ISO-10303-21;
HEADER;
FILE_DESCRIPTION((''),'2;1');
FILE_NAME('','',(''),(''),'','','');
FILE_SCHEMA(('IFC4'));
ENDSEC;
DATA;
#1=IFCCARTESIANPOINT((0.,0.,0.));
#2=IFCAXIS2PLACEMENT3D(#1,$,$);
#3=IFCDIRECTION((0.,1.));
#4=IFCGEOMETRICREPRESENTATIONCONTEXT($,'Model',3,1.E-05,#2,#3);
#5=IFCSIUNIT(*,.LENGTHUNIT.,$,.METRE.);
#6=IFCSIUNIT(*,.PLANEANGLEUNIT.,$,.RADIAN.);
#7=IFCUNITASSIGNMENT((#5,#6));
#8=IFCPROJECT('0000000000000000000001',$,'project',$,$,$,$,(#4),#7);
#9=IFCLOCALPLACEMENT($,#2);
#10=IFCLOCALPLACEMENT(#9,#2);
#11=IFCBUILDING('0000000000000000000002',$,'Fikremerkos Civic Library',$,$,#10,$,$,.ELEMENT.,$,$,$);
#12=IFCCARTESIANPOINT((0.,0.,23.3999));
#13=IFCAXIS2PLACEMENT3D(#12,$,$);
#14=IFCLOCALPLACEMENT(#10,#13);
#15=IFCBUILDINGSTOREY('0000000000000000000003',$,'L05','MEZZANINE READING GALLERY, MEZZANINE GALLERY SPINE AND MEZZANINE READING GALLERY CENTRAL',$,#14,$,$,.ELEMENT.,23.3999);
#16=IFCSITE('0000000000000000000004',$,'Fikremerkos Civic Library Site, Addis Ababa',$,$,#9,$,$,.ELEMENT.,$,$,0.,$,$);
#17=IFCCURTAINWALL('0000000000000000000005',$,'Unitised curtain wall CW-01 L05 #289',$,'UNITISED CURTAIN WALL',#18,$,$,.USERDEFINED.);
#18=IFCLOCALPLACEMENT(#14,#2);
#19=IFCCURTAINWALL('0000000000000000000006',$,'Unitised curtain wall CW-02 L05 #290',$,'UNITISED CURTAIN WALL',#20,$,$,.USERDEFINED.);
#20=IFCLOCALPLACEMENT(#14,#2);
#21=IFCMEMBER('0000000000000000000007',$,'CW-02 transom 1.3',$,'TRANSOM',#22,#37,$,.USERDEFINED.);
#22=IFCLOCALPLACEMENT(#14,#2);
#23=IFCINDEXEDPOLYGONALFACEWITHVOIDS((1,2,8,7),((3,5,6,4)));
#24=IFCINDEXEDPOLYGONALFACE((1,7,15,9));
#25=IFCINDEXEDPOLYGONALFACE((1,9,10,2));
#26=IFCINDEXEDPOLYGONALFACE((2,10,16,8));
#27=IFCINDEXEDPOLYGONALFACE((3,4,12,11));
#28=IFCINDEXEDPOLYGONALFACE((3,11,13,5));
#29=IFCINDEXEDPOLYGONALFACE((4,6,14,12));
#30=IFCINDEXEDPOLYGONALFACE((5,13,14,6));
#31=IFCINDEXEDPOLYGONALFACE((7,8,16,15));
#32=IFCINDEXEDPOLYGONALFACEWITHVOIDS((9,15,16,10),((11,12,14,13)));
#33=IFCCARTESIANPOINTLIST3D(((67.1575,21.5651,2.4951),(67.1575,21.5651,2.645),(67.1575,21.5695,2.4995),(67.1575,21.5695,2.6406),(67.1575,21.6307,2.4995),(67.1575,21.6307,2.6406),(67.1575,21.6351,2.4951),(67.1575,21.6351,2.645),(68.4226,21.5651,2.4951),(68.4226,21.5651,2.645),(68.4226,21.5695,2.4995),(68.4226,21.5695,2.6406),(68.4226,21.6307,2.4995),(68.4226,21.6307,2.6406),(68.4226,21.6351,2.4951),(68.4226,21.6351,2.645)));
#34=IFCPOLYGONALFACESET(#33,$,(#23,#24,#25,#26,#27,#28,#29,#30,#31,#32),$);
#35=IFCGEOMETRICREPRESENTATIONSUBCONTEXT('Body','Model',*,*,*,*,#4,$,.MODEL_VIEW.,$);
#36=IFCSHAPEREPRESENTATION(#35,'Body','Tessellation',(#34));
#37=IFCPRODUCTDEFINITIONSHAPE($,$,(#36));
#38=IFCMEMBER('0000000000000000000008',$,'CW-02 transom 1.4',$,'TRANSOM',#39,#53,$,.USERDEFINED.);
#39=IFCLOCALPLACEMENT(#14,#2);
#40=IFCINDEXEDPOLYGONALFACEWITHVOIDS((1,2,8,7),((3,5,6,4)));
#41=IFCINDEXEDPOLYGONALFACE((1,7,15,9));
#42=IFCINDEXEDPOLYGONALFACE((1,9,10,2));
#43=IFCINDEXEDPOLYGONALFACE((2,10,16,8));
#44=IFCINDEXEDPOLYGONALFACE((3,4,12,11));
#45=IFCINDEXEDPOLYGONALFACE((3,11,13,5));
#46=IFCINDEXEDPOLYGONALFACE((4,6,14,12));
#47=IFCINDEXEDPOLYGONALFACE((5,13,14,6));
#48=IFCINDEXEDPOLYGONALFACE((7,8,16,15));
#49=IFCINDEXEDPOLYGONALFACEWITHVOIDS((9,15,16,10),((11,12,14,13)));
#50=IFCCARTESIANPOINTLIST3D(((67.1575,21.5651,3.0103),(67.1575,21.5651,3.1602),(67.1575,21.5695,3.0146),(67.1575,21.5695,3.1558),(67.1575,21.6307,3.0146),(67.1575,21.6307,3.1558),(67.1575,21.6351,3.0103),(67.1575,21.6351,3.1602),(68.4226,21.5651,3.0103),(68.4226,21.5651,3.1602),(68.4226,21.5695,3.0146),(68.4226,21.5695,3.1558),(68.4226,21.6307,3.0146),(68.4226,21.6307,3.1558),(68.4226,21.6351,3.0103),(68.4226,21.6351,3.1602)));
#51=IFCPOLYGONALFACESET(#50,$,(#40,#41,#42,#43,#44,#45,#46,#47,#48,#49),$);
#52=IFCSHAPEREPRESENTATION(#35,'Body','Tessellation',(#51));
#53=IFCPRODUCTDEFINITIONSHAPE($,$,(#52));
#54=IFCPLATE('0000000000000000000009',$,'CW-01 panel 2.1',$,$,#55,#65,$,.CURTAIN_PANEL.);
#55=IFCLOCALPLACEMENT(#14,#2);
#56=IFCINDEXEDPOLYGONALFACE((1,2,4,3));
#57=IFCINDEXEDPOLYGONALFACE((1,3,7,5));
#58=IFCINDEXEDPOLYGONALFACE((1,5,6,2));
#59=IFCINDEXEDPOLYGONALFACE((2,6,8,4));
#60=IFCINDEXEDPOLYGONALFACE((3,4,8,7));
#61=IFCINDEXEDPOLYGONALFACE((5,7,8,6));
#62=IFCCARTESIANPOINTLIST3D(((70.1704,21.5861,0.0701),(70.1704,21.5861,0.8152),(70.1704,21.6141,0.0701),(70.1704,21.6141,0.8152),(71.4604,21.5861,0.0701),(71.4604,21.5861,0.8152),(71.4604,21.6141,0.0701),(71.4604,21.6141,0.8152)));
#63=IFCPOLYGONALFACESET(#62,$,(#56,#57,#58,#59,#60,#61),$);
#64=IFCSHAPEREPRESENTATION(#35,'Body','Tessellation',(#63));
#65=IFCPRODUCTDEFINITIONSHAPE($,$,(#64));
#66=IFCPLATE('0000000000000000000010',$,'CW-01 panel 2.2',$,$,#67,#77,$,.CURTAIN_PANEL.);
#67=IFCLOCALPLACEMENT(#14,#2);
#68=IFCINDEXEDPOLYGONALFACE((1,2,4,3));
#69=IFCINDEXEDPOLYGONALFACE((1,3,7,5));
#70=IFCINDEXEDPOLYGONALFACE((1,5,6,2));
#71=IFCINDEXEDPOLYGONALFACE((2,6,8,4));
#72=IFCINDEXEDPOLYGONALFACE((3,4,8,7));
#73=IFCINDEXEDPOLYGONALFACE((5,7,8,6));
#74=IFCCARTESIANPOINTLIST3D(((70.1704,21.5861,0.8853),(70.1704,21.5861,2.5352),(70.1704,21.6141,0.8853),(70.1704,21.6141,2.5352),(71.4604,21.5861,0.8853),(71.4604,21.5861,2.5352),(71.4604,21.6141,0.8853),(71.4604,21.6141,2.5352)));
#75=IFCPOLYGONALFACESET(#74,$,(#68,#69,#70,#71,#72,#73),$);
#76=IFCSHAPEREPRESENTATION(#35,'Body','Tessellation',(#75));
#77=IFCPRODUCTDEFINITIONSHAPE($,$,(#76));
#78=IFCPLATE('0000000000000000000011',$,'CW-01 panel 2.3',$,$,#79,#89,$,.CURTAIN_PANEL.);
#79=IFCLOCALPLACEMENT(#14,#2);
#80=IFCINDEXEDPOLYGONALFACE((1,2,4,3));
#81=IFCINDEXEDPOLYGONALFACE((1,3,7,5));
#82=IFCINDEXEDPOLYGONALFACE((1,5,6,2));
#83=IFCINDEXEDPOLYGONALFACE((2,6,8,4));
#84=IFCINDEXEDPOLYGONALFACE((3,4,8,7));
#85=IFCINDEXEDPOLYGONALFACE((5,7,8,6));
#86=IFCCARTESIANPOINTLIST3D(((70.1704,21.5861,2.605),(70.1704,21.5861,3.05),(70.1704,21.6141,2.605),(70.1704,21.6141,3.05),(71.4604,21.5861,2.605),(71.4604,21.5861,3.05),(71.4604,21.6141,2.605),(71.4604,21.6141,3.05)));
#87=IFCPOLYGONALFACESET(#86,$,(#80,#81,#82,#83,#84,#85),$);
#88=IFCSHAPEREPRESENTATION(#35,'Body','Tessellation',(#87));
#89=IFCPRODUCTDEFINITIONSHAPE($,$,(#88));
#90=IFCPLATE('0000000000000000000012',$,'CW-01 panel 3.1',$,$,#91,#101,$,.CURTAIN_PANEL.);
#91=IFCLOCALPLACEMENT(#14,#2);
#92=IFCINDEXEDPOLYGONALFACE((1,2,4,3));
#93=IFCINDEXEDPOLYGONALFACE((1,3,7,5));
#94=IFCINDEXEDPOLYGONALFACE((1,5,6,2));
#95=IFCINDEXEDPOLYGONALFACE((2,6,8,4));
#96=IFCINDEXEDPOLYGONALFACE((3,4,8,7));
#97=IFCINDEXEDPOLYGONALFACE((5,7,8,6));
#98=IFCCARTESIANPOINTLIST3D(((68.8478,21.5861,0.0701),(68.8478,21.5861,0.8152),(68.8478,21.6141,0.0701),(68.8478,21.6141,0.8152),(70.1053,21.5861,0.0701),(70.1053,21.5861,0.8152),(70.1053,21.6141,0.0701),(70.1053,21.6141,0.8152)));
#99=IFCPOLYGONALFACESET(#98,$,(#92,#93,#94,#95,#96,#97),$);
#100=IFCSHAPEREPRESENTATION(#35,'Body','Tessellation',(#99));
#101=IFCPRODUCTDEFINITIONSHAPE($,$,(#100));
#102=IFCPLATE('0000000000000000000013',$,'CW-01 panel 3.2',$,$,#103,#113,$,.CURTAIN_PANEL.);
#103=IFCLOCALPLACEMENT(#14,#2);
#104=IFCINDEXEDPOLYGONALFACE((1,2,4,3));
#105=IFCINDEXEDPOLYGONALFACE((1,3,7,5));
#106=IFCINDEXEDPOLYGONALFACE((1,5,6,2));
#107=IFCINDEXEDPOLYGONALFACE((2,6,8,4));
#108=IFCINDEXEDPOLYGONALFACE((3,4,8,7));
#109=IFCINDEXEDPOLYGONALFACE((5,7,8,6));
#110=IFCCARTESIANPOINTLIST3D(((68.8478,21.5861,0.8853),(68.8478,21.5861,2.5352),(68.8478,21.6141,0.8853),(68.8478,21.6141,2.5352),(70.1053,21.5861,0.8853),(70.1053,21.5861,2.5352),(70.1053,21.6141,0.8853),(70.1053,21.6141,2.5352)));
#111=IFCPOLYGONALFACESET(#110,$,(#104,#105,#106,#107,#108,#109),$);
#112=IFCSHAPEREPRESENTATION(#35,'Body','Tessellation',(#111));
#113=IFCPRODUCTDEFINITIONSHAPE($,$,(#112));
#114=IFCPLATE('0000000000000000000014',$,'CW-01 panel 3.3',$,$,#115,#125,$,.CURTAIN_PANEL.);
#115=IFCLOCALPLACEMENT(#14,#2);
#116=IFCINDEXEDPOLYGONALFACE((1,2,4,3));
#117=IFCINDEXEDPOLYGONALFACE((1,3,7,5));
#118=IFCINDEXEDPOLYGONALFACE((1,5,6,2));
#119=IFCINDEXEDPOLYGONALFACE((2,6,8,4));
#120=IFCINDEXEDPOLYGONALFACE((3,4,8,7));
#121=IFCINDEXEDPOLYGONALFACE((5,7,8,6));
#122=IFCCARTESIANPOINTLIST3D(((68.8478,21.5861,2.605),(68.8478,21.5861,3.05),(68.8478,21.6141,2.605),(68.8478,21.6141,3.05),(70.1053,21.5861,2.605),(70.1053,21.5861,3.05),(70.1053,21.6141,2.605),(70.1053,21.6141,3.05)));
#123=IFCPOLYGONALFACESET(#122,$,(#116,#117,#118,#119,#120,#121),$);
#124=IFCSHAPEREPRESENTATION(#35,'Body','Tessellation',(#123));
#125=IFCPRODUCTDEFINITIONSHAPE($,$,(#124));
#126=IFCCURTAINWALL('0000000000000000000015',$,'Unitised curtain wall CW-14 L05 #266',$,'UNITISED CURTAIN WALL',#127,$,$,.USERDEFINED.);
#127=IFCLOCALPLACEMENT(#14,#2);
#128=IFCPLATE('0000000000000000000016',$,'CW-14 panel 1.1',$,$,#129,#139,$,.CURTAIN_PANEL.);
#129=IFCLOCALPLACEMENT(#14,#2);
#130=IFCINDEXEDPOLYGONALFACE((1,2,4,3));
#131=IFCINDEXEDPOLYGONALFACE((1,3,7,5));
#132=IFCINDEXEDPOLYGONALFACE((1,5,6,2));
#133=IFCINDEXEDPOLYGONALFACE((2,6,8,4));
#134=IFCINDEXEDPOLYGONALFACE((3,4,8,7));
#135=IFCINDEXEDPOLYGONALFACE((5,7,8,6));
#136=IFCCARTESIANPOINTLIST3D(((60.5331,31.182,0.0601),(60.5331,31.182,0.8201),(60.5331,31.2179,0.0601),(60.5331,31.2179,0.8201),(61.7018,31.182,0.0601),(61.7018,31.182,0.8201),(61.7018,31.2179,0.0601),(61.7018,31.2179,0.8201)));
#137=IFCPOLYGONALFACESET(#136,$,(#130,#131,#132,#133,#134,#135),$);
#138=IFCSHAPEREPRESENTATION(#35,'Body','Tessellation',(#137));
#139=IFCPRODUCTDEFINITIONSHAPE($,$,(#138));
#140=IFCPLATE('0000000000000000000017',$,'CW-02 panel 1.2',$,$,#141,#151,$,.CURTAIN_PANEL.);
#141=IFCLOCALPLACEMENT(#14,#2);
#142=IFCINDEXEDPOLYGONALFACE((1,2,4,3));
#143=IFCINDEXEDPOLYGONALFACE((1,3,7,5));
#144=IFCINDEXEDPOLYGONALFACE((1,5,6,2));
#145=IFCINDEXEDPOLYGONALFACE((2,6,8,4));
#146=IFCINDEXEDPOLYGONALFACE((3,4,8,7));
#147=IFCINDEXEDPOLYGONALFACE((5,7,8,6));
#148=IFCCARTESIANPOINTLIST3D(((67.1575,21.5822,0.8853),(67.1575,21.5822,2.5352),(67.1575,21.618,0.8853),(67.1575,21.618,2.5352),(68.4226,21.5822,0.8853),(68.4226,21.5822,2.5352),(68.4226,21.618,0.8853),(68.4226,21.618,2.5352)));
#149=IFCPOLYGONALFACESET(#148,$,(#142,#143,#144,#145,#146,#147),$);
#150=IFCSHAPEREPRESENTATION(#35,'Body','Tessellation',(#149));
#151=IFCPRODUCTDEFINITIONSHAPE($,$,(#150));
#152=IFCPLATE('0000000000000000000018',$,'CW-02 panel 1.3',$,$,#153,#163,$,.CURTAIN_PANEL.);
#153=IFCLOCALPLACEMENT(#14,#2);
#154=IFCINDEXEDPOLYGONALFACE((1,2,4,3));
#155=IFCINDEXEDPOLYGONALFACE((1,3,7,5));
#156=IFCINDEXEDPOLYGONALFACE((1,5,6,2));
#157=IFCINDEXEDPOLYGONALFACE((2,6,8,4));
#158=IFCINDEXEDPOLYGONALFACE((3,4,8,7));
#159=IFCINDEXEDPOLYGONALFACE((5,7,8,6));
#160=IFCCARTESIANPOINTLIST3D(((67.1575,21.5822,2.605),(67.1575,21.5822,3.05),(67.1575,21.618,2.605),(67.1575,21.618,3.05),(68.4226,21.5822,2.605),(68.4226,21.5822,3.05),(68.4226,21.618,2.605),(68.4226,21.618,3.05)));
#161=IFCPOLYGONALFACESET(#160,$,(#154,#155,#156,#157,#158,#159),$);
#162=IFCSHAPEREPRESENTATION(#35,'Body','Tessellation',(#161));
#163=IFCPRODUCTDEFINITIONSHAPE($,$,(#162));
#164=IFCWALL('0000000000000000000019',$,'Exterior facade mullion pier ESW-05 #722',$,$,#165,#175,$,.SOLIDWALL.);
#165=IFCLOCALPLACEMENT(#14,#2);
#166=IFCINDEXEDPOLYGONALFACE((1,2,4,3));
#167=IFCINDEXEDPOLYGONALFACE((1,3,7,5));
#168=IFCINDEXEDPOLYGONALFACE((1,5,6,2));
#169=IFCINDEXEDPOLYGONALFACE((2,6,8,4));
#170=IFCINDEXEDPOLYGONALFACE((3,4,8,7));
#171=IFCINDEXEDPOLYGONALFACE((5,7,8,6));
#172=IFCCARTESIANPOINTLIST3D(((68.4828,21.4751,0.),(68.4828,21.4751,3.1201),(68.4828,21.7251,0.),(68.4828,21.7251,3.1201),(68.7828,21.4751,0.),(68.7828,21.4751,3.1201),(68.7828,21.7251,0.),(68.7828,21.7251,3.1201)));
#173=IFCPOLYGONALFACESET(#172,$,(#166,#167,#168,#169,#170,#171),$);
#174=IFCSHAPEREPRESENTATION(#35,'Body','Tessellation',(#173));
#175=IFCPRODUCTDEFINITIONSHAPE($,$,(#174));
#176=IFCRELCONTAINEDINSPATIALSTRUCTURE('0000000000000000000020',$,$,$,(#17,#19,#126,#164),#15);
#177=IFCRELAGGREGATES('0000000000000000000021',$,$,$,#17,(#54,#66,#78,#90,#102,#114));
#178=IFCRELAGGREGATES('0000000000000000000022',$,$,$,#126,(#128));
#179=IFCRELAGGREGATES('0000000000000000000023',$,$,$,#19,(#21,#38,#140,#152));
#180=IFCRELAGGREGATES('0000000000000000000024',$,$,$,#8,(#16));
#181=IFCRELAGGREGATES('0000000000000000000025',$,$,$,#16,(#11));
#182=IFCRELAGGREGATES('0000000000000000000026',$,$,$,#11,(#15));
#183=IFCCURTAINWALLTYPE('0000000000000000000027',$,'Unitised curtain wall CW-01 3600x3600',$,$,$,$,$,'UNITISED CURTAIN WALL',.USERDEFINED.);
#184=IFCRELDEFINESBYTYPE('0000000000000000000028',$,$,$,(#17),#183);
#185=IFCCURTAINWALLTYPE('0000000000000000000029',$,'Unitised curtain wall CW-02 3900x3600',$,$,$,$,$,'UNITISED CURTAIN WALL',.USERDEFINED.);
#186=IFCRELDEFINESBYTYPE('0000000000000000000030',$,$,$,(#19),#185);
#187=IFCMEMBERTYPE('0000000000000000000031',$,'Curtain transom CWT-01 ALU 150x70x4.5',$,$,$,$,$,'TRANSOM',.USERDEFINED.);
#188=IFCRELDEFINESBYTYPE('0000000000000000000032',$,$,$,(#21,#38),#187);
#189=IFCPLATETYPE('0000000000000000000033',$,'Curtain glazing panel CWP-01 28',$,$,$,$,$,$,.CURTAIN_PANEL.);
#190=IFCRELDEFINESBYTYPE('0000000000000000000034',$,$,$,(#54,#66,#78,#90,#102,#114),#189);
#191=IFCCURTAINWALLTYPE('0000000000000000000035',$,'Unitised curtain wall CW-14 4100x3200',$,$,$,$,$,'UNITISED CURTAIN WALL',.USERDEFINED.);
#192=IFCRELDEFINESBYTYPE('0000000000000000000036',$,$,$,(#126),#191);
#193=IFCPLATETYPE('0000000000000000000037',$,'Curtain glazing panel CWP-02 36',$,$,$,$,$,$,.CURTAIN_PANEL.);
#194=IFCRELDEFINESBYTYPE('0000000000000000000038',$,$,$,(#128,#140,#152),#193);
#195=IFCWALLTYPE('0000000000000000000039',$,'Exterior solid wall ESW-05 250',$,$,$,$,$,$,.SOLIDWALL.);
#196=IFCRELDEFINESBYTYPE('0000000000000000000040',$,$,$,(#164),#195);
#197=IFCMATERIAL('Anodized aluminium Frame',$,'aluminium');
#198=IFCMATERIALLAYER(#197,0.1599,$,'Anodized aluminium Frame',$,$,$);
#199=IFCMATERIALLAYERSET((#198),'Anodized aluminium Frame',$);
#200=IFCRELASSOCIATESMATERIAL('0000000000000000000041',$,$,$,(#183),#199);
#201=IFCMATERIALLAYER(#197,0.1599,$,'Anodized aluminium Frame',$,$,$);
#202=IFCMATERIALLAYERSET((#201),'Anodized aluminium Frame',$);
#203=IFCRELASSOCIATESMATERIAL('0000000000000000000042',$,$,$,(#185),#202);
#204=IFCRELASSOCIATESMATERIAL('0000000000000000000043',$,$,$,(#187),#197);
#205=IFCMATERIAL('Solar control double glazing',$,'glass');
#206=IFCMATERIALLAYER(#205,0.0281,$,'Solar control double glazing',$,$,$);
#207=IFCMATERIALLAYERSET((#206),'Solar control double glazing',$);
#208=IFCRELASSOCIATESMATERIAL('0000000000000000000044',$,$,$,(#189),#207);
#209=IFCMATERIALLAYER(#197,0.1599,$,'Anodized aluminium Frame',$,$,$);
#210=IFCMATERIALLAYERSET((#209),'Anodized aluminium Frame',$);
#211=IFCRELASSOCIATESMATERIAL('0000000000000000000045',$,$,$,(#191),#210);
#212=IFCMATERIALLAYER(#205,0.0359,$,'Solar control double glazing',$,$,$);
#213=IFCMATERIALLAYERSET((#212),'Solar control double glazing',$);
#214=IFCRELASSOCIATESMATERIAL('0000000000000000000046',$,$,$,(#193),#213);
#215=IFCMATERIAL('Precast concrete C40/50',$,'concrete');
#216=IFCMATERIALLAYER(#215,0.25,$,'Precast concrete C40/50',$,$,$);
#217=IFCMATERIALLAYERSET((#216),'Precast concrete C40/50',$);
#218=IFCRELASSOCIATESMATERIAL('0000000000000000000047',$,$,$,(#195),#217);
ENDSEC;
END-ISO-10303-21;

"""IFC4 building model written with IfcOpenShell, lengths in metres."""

from ifc_helpers import new_model, si_unit, direction, frame, frame_2d, origin, origin_2d, place, context, subcontext, project, spatial, rectangle, hollow_rectangle, extrude, material, layer, layer_set, material_profile, profile_set, type_object, element, aggregate, save


model = new_model("IFC4")

# Units and contexts
model_context = context("Model", 3, precision=1e-05, world=origin(), true_north=direction((0.0, 1.0)))
body_context = subcontext(model_context, "Body", "Model", "MODEL_VIEW")
ifc_project = project(units=[si_unit("LENGTHUNIT", "METRE"), si_unit("PLANEANGLEUNIT", "RADIAN")], contexts=[model_context])

# Site, building, storey
site_placement = place(None, origin())
site = spatial("IfcSite", under=ifc_project, at=site_placement, Name="Fikremerkos Civic Library Site, Addis Ababa", CompositionType="ELEMENT", RefElevation=0.0)
building_placement = place(site_placement, origin())
building = spatial("IfcBuilding", under=site, at=building_placement, Name="Fikremerkos Civic Library", CompositionType="ELEMENT")
storey_placement = place(building_placement, frame((0.0, 0.0, 23.3999)))
storey = spatial("IfcBuildingStorey", under=building, at=storey_placement, Name="L05", Description="MEZZANINE READING GALLERY, MEZZANINE GALLERY SPINE AND MEZZANINE READING GALLERY CENTRAL", CompositionType="ELEMENT", Elevation=23.3999)

# Curtain wall
ifc_material_1 = material(Name="Anodized aluminium Frame", Category="aluminium")
ifc_layer_1 = layer(ifc_material_1, 0.1599, Name="Anodized aluminium Frame")
ifc_layer_set_1 = layer_set([ifc_layer_1], Name="Anodized aluminium Frame")
curtain_wall_type_1 = type_object("IfcCurtainWallType", Name="Unitised curtain wall CW-01 3600x3600", ElementType="UNITISED CURTAIN WALL", PredefinedType="USERDEFINED", material=ifc_layer_set_1)
curtain_wall_1_placement = place(storey_placement, origin())
curtain_wall_1 = element("IfcCurtainWall", 1, at=curtain_wall_1_placement, inside=storey, type_object=curtain_wall_type_1, Name="Unitised curtain wall CW-01 L05 #289", ObjectType="UNITISED CURTAIN WALL", PredefinedType="USERDEFINED")

# Curtain wall
ifc_layer_2 = layer(ifc_material_1, 0.1599, Name="Anodized aluminium Frame")
ifc_layer_set_2 = layer_set([ifc_layer_2], Name="Anodized aluminium Frame")
curtain_wall_type_2 = type_object("IfcCurtainWallType", Name="Unitised curtain wall CW-02 3900x3600", ElementType="UNITISED CURTAIN WALL", PredefinedType="USERDEFINED", material=ifc_layer_set_2)
curtain_wall_2_placement = place(storey_placement, origin())
curtain_wall_2 = element("IfcCurtainWall", 2, at=curtain_wall_2_placement, inside=storey, type_object=curtain_wall_type_2, Name="Unitised curtain wall CW-02 L05 #290", ObjectType="UNITISED CURTAIN WALL", PredefinedType="USERDEFINED")

# Members
ifc_material_profile_1 = material_profile(ifc_material_1, hollow_rectangle(XDim=0.0701, YDim=0.1499, WallThickness=0.0044, at=origin_2d()), Name="ALU 150x70x4.5")
ifc_profile_set_1 = profile_set([ifc_material_profile_1], Name="Anodized aluminium Frame")
member_type_1 = type_object("IfcMemberType", Name="Curtain transom CWT-01 ALU 150x70x4.5", ElementType="TRANSOM", PredefinedType="USERDEFINED", material=ifc_profile_set_1)
member_1_placement = place(storey_placement, frame((68.4226, 21.6001, 2.5701), z_axis=(-1.0, 0.0, 0.0), x_axis=(0.0, -1.0, 0.0)))
member_1 = element("IfcMember", 3, at=member_1_placement, type_object=member_type_1, Name="CW-02 transom 1.3", ObjectType="TRANSOM", PredefinedType="USERDEFINED", context=body_context, shape_type="SweptSolid", body=[
    extrude(hollow_rectangle(XDim=0.0701, YDim=0.1499, WallThickness=0.0044, at=origin_2d()), origin(), (0.0, 0.0, 1.0), 1.2651),
])
member_2_placement = place(storey_placement, frame((68.4226, 21.6001, 3.0852), z_axis=(-1.0, 0.0, 0.0), x_axis=(0.0, -1.0, 0.0)))
member_2 = element("IfcMember", 4, at=member_2_placement, type_object=member_type_1, Name="CW-02 transom 1.4", ObjectType="TRANSOM", PredefinedType="USERDEFINED", context=body_context, shape_type="SweptSolid", body=[
    extrude(hollow_rectangle(XDim=0.0701, YDim=0.1499, WallThickness=0.0044, at=origin_2d()), origin(), (0.0, 0.0, 1.0), 1.2651),
])

# Plates
ifc_material_2 = material(Name="Solar control double glazing", Category="glass")
ifc_layer_3 = layer(ifc_material_2, 0.0281, Name="Solar control double glazing")
ifc_layer_set_3 = layer_set([ifc_layer_3], Name="Solar control double glazing")
plate_type_1 = type_object("IfcPlateType", Name="Curtain glazing panel CWP-01 28", PredefinedType="CURTAIN_PANEL", material=ifc_layer_set_3)
plate_1_placement = place(storey_placement, frame((70.8154, 21.6001, 0.0701), z_axis=(0.0, 0.0, 1.0), x_axis=(-1.0, 0.0, 0.0)))
plate_1 = element("IfcPlate", 5, at=plate_1_placement, type_object=plate_type_1, Name="CW-01 panel 2.1", PredefinedType="CURTAIN_PANEL", context=body_context, shape_type="SweptSolid", body=[
    extrude(rectangle(XDim=1.29, YDim=0.0281, at=origin_2d()), origin(), (0.0, 0.0, 1.0), 0.7451),
])
plate_2_placement = place(storey_placement, frame((70.8154, 21.6001, 0.8853), z_axis=(0.0, 0.0, 1.0), x_axis=(-1.0, 0.0, 0.0)))
plate_2 = element("IfcPlate", 6, at=plate_2_placement, type_object=plate_type_1, Name="CW-01 panel 2.2", PredefinedType="CURTAIN_PANEL", context=body_context, shape_type="SweptSolid", body=[
    extrude(rectangle(XDim=1.29, YDim=0.0281, at=origin_2d()), origin(), (0.0, 0.0, 1.0), 1.6499),
])
plate_3_placement = place(storey_placement, frame((70.8154, 21.6001, 2.605), z_axis=(0.0, 0.0, 1.0), x_axis=(-1.0, 0.0, 0.0)))
plate_3 = element("IfcPlate", 7, at=plate_3_placement, type_object=plate_type_1, Name="CW-01 panel 2.3", PredefinedType="CURTAIN_PANEL", context=body_context, shape_type="SweptSolid", body=[
    extrude(rectangle(XDim=1.29, YDim=0.0281, at=origin_2d()), origin(), (0.0, 0.0, 1.0), 0.4451),
])
plate_4_placement = place(storey_placement, frame((69.4766, 21.6001, 0.0701), z_axis=(0.0, 0.0, 1.0), x_axis=(-1.0, 0.0, 0.0)))
plate_4 = element("IfcPlate", 8, at=plate_4_placement, type_object=plate_type_1, Name="CW-01 panel 3.1", PredefinedType="CURTAIN_PANEL", context=body_context, shape_type="SweptSolid", body=[
    extrude(rectangle(XDim=1.2576, YDim=0.0281, at=origin_2d()), origin(), (0.0, 0.0, 1.0), 0.7451),
])
plate_5_placement = place(storey_placement, frame((69.4766, 21.6001, 0.8853), z_axis=(0.0, 0.0, 1.0), x_axis=(-1.0, 0.0, 0.0)))
plate_5 = element("IfcPlate", 9, at=plate_5_placement, type_object=plate_type_1, Name="CW-01 panel 3.2", PredefinedType="CURTAIN_PANEL", context=body_context, shape_type="SweptSolid", body=[
    extrude(rectangle(XDim=1.2576, YDim=0.0281, at=origin_2d()), origin(), (0.0, 0.0, 1.0), 1.6499),
])
plate_6_placement = place(storey_placement, frame((69.4766, 21.6001, 2.605), z_axis=(0.0, 0.0, 1.0), x_axis=(-1.0, 0.0, 0.0)))
plate_6 = element("IfcPlate", 10, at=plate_6_placement, type_object=plate_type_1, Name="CW-01 panel 3.3", PredefinedType="CURTAIN_PANEL", context=body_context, shape_type="SweptSolid", body=[
    extrude(rectangle(XDim=1.2576, YDim=0.0281, at=origin_2d()), origin(), (0.0, 0.0, 1.0), 0.4451),
])
aggregate(curtain_wall_1, [plate_1, plate_2, plate_3, plate_4, plate_5, plate_6])

# Curtain wall, plate
ifc_layer_4 = layer(ifc_material_1, 0.1599, Name="Anodized aluminium Frame")
ifc_layer_set_4 = layer_set([ifc_layer_4], Name="Anodized aluminium Frame")
curtain_wall_type_3 = type_object("IfcCurtainWallType", Name="Unitised curtain wall CW-14 4100x3200", ElementType="UNITISED CURTAIN WALL", PredefinedType="USERDEFINED", material=ifc_layer_set_4)
curtain_wall_3_placement = place(storey_placement, origin())
curtain_wall_3 = element("IfcCurtainWall", 11, at=curtain_wall_3_placement, inside=storey, type_object=curtain_wall_type_3, Name="Unitised curtain wall CW-14 L05 #266", ObjectType="UNITISED CURTAIN WALL", PredefinedType="USERDEFINED")
ifc_layer_5 = layer(ifc_material_2, 0.0359, Name="Solar control double glazing")
ifc_layer_set_5 = layer_set([ifc_layer_5], Name="Solar control double glazing")
plate_type_2 = type_object("IfcPlateType", Name="Curtain glazing panel CWP-02 36", PredefinedType="CURTAIN_PANEL", material=ifc_layer_set_5)
plate_7_placement = place(storey_placement, frame((61.1174, 31.2, 0.0601), z_axis=(0.0, 0.0, 1.0), x_axis=(1.0, 0.0, 0.0)))
plate_7 = element("IfcPlate", 12, at=plate_7_placement, type_object=plate_type_2, Name="CW-14 panel 1.1", PredefinedType="CURTAIN_PANEL", context=body_context, shape_type="SweptSolid", body=[
    extrude(rectangle(XDim=1.1687, YDim=0.0359, at=origin_2d()), origin(), (0.0, 0.0, 1.0), 0.76),
])
aggregate(curtain_wall_3, [plate_7])

# Plates
plate_8_placement = place(storey_placement, frame((67.79, 21.6001, 0.8853), z_axis=(0.0, 0.0, 1.0), x_axis=(-1.0, 0.0, 0.0)))
plate_8 = element("IfcPlate", 13, at=plate_8_placement, type_object=plate_type_2, Name="CW-02 panel 1.2", PredefinedType="CURTAIN_PANEL", context=body_context, shape_type="SweptSolid", body=[
    extrude(rectangle(XDim=1.2651, YDim=0.0359, at=origin_2d()), origin(), (0.0, 0.0, 1.0), 1.6499),
])
plate_9_placement = place(storey_placement, frame((67.79, 21.6001, 2.605), z_axis=(0.0, 0.0, 1.0), x_axis=(-1.0, 0.0, 0.0)))
plate_9 = element("IfcPlate", 14, at=plate_9_placement, type_object=plate_type_2, Name="CW-02 panel 1.3", PredefinedType="CURTAIN_PANEL", context=body_context, shape_type="SweptSolid", body=[
    extrude(rectangle(XDim=1.2651, YDim=0.0359, at=origin_2d()), origin(), (0.0, 0.0, 1.0), 0.4451),
])
aggregate(curtain_wall_2, [member_1, member_2, plate_8, plate_9])

# Wall
ifc_material_3 = material(Name="Precast concrete C40/50", Category="concrete")
ifc_layer_6 = layer(ifc_material_3, 0.25, Name="Precast concrete C40/50")
ifc_layer_set_6 = layer_set([ifc_layer_6], Name="Precast concrete C40/50")
wall_type = type_object("IfcWallType", Name="Exterior solid wall ESW-05 250", PredefinedType="SOLIDWALL", material=ifc_layer_set_6)
wall_placement = place(storey_placement, frame((68.7827, 21.6001, 0.0), z_axis=(0.0, 0.0, 1.0), x_axis=(-1.0, 0.0, 0.0)))
element("IfcWall", 15, at=wall_placement, inside=storey, type_object=wall_type, Name="Exterior facade mullion pier ESW-05 #722", PredefinedType="SOLIDWALL", context=body_context, shape_type="SweptSolid", body=[
    extrude(rectangle(XDim=0.3, YDim=0.25, at=frame_2d((0.1499, 0.0))), origin(), (0.0, 0.0, 1.0), 3.1201),
])

save(model, "model.ifc")
